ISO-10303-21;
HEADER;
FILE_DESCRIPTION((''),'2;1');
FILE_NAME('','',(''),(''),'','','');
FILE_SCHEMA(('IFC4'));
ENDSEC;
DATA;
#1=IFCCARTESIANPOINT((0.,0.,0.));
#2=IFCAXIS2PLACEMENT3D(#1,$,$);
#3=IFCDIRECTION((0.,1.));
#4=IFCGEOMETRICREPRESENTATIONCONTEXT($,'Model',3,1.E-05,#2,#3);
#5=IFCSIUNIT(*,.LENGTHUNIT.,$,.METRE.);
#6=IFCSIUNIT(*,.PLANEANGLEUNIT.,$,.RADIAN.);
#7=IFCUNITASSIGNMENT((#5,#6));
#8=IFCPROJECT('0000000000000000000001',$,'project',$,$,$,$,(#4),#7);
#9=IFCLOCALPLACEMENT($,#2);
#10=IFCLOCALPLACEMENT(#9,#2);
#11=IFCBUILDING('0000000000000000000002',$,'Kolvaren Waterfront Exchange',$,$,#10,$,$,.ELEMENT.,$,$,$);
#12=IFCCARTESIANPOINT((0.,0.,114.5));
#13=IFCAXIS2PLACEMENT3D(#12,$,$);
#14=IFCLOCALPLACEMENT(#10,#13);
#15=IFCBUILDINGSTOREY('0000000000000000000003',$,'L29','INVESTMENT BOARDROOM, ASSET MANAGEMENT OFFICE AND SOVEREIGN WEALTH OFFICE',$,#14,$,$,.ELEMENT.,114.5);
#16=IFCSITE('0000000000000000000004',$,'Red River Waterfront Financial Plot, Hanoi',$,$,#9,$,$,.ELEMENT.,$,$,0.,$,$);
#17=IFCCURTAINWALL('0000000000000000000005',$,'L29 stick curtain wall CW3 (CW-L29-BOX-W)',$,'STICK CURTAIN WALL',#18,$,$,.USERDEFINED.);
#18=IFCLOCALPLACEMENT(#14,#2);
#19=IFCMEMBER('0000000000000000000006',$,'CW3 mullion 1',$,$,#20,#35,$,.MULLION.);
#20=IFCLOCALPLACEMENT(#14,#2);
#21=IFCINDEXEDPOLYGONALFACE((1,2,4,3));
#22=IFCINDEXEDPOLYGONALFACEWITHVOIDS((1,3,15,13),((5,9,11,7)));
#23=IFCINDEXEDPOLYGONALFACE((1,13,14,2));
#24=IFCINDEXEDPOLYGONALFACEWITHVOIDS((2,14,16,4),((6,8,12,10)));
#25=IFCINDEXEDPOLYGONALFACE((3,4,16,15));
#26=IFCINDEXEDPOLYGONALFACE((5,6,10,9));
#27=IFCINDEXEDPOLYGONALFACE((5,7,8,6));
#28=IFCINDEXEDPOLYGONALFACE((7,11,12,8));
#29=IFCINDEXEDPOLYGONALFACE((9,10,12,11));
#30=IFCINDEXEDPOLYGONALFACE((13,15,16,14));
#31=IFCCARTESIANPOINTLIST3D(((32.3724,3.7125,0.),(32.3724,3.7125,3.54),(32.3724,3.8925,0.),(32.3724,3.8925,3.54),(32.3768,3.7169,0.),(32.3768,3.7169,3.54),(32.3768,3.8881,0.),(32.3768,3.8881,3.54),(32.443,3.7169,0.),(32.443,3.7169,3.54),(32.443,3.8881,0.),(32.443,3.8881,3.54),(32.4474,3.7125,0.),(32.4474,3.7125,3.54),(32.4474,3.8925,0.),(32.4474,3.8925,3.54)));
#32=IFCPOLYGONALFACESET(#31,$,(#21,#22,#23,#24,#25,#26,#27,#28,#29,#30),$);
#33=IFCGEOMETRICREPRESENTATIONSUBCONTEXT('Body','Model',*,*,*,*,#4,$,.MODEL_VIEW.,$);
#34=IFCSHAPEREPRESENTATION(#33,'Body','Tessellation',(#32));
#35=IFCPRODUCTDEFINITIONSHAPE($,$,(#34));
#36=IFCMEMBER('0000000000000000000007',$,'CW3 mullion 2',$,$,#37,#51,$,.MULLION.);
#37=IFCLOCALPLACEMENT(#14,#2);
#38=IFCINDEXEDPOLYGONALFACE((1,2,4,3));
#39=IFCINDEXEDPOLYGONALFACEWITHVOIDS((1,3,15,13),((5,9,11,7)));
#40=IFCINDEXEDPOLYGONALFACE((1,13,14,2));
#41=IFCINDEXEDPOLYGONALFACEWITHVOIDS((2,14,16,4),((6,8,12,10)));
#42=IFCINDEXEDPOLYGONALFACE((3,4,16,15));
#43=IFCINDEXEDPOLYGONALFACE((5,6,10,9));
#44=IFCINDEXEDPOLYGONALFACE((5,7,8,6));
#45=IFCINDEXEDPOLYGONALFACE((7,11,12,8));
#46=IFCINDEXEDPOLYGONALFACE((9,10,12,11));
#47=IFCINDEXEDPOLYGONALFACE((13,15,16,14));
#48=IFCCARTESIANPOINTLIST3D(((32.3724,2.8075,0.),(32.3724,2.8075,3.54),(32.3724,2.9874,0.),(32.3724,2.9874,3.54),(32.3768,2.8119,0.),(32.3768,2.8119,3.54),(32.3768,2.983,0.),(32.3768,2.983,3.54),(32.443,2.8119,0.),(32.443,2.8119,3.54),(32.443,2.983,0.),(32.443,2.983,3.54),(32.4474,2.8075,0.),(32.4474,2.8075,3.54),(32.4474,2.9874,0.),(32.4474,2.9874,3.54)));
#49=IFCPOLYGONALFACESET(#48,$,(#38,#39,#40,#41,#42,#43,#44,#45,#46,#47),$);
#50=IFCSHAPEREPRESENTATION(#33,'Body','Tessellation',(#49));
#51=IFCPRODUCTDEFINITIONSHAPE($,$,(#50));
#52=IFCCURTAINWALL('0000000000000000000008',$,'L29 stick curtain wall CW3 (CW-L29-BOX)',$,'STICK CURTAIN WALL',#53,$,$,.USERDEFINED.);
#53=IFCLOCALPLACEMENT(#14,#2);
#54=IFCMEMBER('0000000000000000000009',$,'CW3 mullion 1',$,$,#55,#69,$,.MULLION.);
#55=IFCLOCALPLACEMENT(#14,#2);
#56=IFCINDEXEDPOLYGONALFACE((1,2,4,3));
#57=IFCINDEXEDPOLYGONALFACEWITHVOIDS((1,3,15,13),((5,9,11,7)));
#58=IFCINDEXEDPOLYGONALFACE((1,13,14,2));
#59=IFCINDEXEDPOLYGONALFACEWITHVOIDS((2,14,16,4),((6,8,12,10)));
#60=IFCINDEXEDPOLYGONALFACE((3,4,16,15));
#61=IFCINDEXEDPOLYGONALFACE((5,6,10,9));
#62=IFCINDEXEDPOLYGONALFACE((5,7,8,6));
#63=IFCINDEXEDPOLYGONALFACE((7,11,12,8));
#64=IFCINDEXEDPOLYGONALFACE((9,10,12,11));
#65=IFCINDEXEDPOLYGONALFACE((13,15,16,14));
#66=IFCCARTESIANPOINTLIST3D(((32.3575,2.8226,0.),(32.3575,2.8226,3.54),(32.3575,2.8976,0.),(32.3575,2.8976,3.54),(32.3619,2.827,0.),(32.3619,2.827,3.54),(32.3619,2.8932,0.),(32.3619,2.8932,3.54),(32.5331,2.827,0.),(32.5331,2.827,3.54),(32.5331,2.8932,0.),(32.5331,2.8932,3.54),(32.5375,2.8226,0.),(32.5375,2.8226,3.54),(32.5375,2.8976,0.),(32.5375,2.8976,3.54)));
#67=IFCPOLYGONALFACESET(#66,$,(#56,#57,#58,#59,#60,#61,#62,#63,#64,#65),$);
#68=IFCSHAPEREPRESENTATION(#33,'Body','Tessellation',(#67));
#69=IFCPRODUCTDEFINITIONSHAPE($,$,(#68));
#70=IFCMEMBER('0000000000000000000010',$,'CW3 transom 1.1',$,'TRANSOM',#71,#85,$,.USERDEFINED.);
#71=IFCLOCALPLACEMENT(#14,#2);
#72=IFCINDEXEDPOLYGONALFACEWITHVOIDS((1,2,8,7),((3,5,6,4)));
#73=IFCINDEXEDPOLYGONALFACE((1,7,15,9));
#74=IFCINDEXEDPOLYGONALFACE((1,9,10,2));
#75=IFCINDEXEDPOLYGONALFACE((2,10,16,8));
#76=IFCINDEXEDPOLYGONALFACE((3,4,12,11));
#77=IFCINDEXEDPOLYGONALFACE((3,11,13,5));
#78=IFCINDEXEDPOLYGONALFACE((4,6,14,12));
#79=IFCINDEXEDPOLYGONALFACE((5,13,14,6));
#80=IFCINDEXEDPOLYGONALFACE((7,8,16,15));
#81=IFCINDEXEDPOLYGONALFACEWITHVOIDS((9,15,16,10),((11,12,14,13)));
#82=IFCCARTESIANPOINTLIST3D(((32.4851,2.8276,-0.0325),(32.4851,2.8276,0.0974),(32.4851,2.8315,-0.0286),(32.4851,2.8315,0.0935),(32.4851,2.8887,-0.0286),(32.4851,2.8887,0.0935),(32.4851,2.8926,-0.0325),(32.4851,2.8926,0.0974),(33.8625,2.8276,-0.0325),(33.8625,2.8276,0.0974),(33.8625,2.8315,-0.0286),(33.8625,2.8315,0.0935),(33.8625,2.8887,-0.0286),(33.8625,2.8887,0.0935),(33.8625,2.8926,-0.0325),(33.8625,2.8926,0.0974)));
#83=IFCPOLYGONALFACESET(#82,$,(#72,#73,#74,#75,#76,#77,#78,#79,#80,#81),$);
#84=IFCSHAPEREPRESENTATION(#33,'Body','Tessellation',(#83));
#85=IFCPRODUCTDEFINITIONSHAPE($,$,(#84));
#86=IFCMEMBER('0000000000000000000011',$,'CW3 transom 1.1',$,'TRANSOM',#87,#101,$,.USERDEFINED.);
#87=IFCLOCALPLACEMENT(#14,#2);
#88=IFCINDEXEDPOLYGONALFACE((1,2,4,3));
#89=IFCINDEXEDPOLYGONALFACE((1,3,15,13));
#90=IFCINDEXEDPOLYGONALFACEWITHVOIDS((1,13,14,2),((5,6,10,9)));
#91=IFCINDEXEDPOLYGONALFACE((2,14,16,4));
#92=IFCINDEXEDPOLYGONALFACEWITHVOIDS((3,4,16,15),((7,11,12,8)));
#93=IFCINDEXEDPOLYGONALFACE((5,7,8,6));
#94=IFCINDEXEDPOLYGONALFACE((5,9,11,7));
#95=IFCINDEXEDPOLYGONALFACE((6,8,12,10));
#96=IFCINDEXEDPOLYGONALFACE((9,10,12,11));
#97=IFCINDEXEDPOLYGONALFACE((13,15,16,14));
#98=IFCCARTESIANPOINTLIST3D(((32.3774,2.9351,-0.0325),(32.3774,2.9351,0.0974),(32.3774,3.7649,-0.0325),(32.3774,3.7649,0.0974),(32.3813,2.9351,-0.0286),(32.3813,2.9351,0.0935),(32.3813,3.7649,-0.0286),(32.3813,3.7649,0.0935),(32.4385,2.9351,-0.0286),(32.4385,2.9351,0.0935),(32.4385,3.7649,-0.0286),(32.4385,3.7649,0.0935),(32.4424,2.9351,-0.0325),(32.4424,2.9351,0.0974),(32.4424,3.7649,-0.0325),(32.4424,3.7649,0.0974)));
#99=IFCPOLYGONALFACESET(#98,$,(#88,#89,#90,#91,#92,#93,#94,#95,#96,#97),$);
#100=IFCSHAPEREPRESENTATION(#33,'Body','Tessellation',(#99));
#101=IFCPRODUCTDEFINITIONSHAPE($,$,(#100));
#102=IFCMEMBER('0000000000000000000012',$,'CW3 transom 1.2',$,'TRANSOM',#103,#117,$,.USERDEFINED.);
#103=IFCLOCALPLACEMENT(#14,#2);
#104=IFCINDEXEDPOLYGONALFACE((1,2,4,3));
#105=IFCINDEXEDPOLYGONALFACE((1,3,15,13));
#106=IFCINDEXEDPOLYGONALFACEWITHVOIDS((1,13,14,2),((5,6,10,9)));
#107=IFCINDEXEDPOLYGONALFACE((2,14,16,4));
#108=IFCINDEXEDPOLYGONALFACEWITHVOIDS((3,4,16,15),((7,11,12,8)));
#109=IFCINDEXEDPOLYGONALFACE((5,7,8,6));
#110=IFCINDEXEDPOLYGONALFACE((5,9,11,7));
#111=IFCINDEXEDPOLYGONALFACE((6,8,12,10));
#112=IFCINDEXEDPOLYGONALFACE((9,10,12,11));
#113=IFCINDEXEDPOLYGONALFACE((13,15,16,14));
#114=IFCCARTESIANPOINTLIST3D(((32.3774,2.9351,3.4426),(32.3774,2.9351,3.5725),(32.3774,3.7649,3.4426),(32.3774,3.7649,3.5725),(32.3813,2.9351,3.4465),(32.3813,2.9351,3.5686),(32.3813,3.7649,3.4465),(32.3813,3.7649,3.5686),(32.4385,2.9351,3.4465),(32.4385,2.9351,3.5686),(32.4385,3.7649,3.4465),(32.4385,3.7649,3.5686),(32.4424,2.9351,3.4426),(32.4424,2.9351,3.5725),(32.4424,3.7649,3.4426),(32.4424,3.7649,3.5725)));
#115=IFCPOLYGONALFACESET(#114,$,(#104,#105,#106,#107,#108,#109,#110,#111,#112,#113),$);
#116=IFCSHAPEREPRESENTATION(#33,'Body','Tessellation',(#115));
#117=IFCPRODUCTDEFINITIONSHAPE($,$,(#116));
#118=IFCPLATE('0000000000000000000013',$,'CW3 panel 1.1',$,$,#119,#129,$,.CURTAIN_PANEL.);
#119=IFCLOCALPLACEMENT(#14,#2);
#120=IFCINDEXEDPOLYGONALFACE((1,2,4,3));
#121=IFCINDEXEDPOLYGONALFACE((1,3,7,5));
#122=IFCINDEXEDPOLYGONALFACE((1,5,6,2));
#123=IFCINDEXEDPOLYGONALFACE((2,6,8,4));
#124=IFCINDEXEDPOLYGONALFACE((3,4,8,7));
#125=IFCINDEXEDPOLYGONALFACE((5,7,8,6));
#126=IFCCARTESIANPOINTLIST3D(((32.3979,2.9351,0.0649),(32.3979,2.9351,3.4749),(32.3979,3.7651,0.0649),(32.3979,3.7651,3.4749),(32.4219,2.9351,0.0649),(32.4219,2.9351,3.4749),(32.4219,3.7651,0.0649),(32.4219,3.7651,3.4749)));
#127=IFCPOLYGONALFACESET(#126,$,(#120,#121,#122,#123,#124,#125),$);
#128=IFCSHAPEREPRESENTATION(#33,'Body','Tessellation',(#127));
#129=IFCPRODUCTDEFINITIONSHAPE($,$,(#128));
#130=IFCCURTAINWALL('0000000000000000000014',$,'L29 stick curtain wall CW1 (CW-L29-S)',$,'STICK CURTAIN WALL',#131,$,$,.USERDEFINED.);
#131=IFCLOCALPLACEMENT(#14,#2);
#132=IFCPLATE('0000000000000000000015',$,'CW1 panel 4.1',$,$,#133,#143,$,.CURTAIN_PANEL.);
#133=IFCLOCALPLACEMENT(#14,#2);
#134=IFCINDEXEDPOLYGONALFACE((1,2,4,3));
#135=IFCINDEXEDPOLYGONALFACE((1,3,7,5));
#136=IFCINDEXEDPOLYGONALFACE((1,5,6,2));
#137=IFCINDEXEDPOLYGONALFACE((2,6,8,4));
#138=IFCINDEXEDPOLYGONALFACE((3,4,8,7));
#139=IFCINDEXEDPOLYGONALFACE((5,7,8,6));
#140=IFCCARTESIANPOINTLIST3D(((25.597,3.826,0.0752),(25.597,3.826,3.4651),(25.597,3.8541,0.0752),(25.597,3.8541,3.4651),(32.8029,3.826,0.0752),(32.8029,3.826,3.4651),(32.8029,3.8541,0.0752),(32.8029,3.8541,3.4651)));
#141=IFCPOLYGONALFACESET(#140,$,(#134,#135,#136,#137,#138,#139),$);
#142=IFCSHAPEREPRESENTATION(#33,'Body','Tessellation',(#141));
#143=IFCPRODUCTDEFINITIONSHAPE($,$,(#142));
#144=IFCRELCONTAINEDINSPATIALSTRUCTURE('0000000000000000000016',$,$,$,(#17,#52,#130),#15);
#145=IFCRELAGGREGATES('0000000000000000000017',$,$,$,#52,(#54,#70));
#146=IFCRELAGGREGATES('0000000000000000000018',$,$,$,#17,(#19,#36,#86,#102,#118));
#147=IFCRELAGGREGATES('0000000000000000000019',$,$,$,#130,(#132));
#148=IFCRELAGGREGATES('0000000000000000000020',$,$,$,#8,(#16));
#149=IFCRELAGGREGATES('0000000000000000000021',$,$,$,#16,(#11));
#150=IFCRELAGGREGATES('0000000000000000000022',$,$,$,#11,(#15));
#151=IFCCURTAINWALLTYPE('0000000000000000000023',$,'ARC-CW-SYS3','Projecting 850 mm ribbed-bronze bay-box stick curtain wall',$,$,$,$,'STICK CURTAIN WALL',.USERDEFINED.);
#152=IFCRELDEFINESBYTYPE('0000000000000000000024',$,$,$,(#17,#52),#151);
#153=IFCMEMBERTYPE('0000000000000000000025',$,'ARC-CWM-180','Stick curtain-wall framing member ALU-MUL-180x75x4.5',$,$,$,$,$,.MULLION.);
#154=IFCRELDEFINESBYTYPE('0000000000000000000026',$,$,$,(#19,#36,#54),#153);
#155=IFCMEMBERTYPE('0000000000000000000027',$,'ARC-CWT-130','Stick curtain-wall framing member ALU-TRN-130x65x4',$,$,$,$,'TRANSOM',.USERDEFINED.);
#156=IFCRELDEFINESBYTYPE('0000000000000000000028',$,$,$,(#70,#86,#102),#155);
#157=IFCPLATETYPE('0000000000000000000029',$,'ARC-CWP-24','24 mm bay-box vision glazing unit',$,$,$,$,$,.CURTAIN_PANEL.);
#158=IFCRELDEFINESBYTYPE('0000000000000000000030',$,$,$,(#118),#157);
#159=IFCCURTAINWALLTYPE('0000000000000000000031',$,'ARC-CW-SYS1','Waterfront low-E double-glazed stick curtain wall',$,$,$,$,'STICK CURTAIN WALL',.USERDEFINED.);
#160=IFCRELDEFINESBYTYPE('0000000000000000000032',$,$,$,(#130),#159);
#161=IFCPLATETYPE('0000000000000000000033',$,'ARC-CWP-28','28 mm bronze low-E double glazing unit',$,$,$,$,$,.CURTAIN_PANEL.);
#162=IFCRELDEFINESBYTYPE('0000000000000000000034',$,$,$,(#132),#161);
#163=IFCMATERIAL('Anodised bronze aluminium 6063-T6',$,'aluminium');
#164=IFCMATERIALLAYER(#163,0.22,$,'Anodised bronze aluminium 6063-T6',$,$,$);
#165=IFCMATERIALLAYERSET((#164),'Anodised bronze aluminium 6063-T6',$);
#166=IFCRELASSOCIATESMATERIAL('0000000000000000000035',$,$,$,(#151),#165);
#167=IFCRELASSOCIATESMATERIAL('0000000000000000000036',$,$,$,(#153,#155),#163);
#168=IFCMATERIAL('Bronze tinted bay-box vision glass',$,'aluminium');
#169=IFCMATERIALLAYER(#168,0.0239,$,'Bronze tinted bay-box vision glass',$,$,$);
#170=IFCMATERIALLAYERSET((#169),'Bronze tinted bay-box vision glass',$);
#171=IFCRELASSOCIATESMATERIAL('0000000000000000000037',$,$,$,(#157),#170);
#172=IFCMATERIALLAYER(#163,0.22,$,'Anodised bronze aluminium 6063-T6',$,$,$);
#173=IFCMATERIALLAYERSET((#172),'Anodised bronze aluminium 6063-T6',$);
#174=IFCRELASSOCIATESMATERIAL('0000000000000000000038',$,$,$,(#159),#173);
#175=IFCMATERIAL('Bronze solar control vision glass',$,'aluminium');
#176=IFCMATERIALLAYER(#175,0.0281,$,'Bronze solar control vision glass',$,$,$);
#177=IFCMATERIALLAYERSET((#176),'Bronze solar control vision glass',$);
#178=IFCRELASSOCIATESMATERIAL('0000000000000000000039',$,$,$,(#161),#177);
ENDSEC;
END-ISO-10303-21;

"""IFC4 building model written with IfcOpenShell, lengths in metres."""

from ifc_helpers import new_model, si_unit, direction, frame, origin, origin_with_axes, origin_2d, place, context, subcontext, project, spatial, rectangle, hollow_rectangle, extrude, source, transform, mapped, material, layer, layer_set, material_profile, profile_set, type_object, element, aggregate, save


model = new_model("IFC4")

# Units and contexts
model_context = context("Model", 3, precision=1e-05, world=origin(), true_north=direction((0.0, 1.0)))
body_context = subcontext(model_context, "Body", "Model", "MODEL_VIEW")
ifc_project = project(units=[si_unit("LENGTHUNIT", "METRE"), si_unit("PLANEANGLEUNIT", "RADIAN")], contexts=[model_context])

# Site, building, storey
site_placement = place(None, origin())
site = spatial("IfcSite", under=ifc_project, at=site_placement, Name="Red River Waterfront Financial Plot, Hanoi", CompositionType="ELEMENT", RefElevation=0.0)
building_placement = place(site_placement, origin())
building = spatial("IfcBuilding", under=site, at=building_placement, Name="Kolvaren Waterfront Exchange", CompositionType="ELEMENT")
storey_placement = place(building_placement, frame((0.0, 0.0, 114.5)))
storey = spatial("IfcBuildingStorey", under=building, at=storey_placement, Name="L29", Description="INVESTMENT BOARDROOM, ASSET MANAGEMENT OFFICE AND SOVEREIGN WEALTH OFFICE", CompositionType="ELEMENT", Elevation=114.5)

# Curtain walls, members
ifc_material_1 = material(Name="Anodised bronze aluminium 6063-T6", Category="aluminium")
ifc_layer_1 = layer(ifc_material_1, 0.22, Name="Anodised bronze aluminium 6063-T6")
ifc_layer_set_1 = layer_set([ifc_layer_1], Name="Anodised bronze aluminium 6063-T6")
curtain_wall_type_1 = type_object("IfcCurtainWallType", Name="ARC-CW-SYS3", Description="Projecting 850 mm ribbed-bronze bay-box stick curtain wall", ElementType="STICK CURTAIN WALL", PredefinedType="USERDEFINED", material=ifc_layer_set_1)
curtain_wall_1_placement = place(storey_placement, origin())
curtain_wall_1 = element("IfcCurtainWall", 1, at=curtain_wall_1_placement, inside=storey, type_object=curtain_wall_type_1, Name="L29 stick curtain wall CW3 (CW-L29-BOX-W)", ObjectType="STICK CURTAIN WALL", PredefinedType="USERDEFINED")
ifc_material_profile_1 = material_profile(ifc_material_1, hollow_rectangle(XDim=0.075, YDim=0.1799, WallThickness=0.0044, at=origin_2d()), Name="ALU-MUL-180x75x4.5")
ifc_profile_set_1 = profile_set([ifc_material_profile_1], Name="Anodised bronze aluminium 6063-T6")
member_type_1 = type_object("IfcMemberType", Name="ARC-CWM-180", Description="Stick curtain-wall framing member ALU-MUL-180x75x4.5", PredefinedType="MULLION", material=ifc_profile_set_1)
shared_shape_1 = source(origin_with_axes(), body_context, "Body", "SweptSolid", [
    extrude(hollow_rectangle(XDim=0.075, YDim=0.1799, WallThickness=0.0044, at=origin_2d()), origin(), (0.0, 0.0, 1.0), 3.54),
])
member_1_placement = place(storey_placement, frame((32.4099, 3.8025, 0.0), z_axis=(0.0, 0.0, 1.0), x_axis=(1.0, 0.0, 0.0)))
member_1 = element("IfcMember", 2, at=member_1_placement, type_object=member_type_1, Name="CW3 mullion 1", PredefinedType="MULLION", context=body_context, shape_type="MappedRepresentation", body=[
    mapped(shared_shape_1, transform((0.0, 0.0, 0.0), x_axis=(1.0, 0.0, 0.0), y_axis=(0.0, 1.0, 0.0), z_axis=(0.0, 0.0, 1.0), scale=1.0)),
])
member_2_placement = place(storey_placement, frame((32.4099, 2.8975, 0.0), z_axis=(0.0, 0.0, 1.0), x_axis=(1.0, 0.0, 0.0)))
member_2 = element("IfcMember", 3, at=member_2_placement, type_object=member_type_1, Name="CW3 mullion 2", PredefinedType="MULLION", context=body_context, shape_type="MappedRepresentation", body=[
    mapped(shared_shape_1, transform((0.0, 0.0, 0.0), x_axis=(1.0, 0.0, 0.0), y_axis=(0.0, 1.0, 0.0), z_axis=(0.0, 0.0, 1.0), scale=1.0)),
])
curtain_wall_2_placement = place(storey_placement, origin())
curtain_wall_2 = element("IfcCurtainWall", 4, at=curtain_wall_2_placement, inside=storey, type_object=curtain_wall_type_1, Name="L29 stick curtain wall CW3 (CW-L29-BOX)", ObjectType="STICK CURTAIN WALL", PredefinedType="USERDEFINED")
member_3_placement = place(storey_placement, frame((32.4475, 2.8601, 0.0), z_axis=(0.0, 0.0, 1.0), x_axis=(0.0, 1.0, 0.0)))
member_3 = element("IfcMember", 5, at=member_3_placement, type_object=member_type_1, Name="CW3 mullion 1", PredefinedType="MULLION", context=body_context, shape_type="MappedRepresentation", body=[
    mapped(shared_shape_1, transform((0.0, 0.0, 0.0), x_axis=(1.0, 0.0, 0.0), y_axis=(0.0, 1.0, 0.0), z_axis=(0.0, 0.0, 1.0), scale=1.0)),
])
ifc_material_profile_2 = material_profile(ifc_material_1, hollow_rectangle(XDim=0.0649, YDim=0.1299, WallThickness=0.0039, at=origin_2d()), Name="ALU-TRN-130x65x4")
ifc_profile_set_2 = profile_set([ifc_material_profile_2], Name="Anodised bronze aluminium 6063-T6")
member_type_2 = type_object("IfcMemberType", Name="ARC-CWT-130", Description="Stick curtain-wall framing member ALU-TRN-130x65x4", ElementType="TRANSOM", PredefinedType="USERDEFINED", material=ifc_profile_set_2)
shared_shape_2 = source(origin_with_axes(), body_context, "Body", "SweptSolid", [
    extrude(hollow_rectangle(XDim=0.0649, YDim=0.1299, WallThickness=0.0039, at=origin_2d()), origin(), (0.0, 0.0, 1.0), 1.3774),
])
member_4_placement = place(storey_placement, frame((32.4851, 2.8601, 0.0325), z_axis=(1.0, 0.0, 0.0), x_axis=(0.0, 1.0, 0.0)))
member_4 = element("IfcMember", 6, at=member_4_placement, type_object=member_type_2, Name="CW3 transom 1.1", ObjectType="TRANSOM", PredefinedType="USERDEFINED", context=body_context, shape_type="MappedRepresentation", body=[
    mapped(shared_shape_2, transform((0.0, 0.0, 0.0), x_axis=(1.0, 0.0, 0.0), y_axis=(0.0, 1.0, 0.0), z_axis=(0.0, 0.0, 1.0), scale=1.0)),
])
aggregate(curtain_wall_2, [member_3, member_4])

# Members
shared_shape_3 = source(origin_with_axes(), body_context, "Body", "SweptSolid", [
    extrude(hollow_rectangle(XDim=0.0649, YDim=0.1299, WallThickness=0.0039, at=origin_2d()), origin(), (0.0, 0.0, 1.0), 0.8298),
])
member_5_placement = place(storey_placement, frame((32.4099, 3.7649, 0.0325), z_axis=(0.0, -1.0, 0.0), x_axis=(1.0, 0.0, 0.0)))
member_5 = element("IfcMember", 7, at=member_5_placement, type_object=member_type_2, Name="CW3 transom 1.1", ObjectType="TRANSOM", PredefinedType="USERDEFINED", context=body_context, shape_type="MappedRepresentation", body=[
    mapped(shared_shape_3, transform((0.0, 0.0, 0.0), x_axis=(1.0, 0.0, 0.0), y_axis=(0.0, 1.0, 0.0), z_axis=(0.0, 0.0, 1.0), scale=1.0)),
])
member_6_placement = place(storey_placement, frame((32.4099, 3.7649, 3.5076), z_axis=(0.0, -1.0, 0.0), x_axis=(1.0, 0.0, 0.0)))
member_6 = element("IfcMember", 8, at=member_6_placement, type_object=member_type_2, Name="CW3 transom 1.2", ObjectType="TRANSOM", PredefinedType="USERDEFINED", context=body_context, shape_type="MappedRepresentation", body=[
    mapped(shared_shape_3, transform((0.0, 0.0, 0.0), x_axis=(1.0, 0.0, 0.0), y_axis=(0.0, 1.0, 0.0), z_axis=(0.0, 0.0, 1.0), scale=1.0)),
])

# Plate
ifc_material_2 = material(Name="Bronze tinted bay-box vision glass", Category="aluminium")
ifc_layer_2 = layer(ifc_material_2, 0.0239, Name="Bronze tinted bay-box vision glass")
ifc_layer_set_2 = layer_set([ifc_layer_2], Name="Bronze tinted bay-box vision glass")
plate_type_1 = type_object("IfcPlateType", Name="ARC-CWP-24", Description="24 mm bay-box vision glazing unit", PredefinedType="CURTAIN_PANEL", material=ifc_layer_set_2)
shared_shape_4 = source(origin_with_axes(), body_context, "Body", "SweptSolid", [
    extrude(rectangle(XDim=0.8301, YDim=0.0239, at=origin_2d()), origin(), (0.0, 0.0, 1.0), 3.4099),
])
plate_1_placement = place(storey_placement, frame((32.4099, 3.3501, 0.0649), z_axis=(0.0, 0.0, 1.0), x_axis=(0.0, -1.0, 0.0)))
plate_1 = element("IfcPlate", 9, at=plate_1_placement, type_object=plate_type_1, Name="CW3 panel 1.1", PredefinedType="CURTAIN_PANEL", context=body_context, shape_type="MappedRepresentation", body=[
    mapped(shared_shape_4, transform((0.0, 0.0, 0.0), x_axis=(1.0, 0.0, 0.0), y_axis=(0.0, 1.0, 0.0), z_axis=(0.0, 0.0, 1.0), scale=1.0)),
])
aggregate(curtain_wall_1, [member_1, member_2, member_5, member_6, plate_1])

# Curtain wall, plate
ifc_layer_3 = layer(ifc_material_1, 0.22, Name="Anodised bronze aluminium 6063-T6")
ifc_layer_set_3 = layer_set([ifc_layer_3], Name="Anodised bronze aluminium 6063-T6")
curtain_wall_type_2 = type_object("IfcCurtainWallType", Name="ARC-CW-SYS1", Description="Waterfront low-E double-glazed stick curtain wall", ElementType="STICK CURTAIN WALL", PredefinedType="USERDEFINED", material=ifc_layer_set_3)
curtain_wall_3_placement = place(storey_placement, origin())
curtain_wall_3 = element("IfcCurtainWall", 10, at=curtain_wall_3_placement, inside=storey, type_object=curtain_wall_type_2, Name="L29 stick curtain wall CW1 (CW-L29-S)", ObjectType="STICK CURTAIN WALL", PredefinedType="USERDEFINED")
ifc_material_3 = material(Name="Bronze solar control vision glass", Category="aluminium")
ifc_layer_4 = layer(ifc_material_3, 0.0281, Name="Bronze solar control vision glass")
ifc_layer_set_4 = layer_set([ifc_layer_4], Name="Bronze solar control vision glass")
plate_type_2 = type_object("IfcPlateType", Name="ARC-CWP-28", Description="28 mm bronze low-E double glazing unit", PredefinedType="CURTAIN_PANEL", material=ifc_layer_set_4)
shared_shape_5 = source(origin_with_axes(), body_context, "Body", "SweptSolid", [
    extrude(rectangle(XDim=7.2058, YDim=0.0281, at=origin_2d()), origin(), (0.0, 0.0, 1.0), 3.3899),
])
plate_2_placement = place(storey_placement, frame((29.2, 3.8401, 0.0752), z_axis=(0.0, 0.0, 1.0), x_axis=(1.0, 0.0, 0.0)))
plate_2 = element("IfcPlate", 11, at=plate_2_placement, type_object=plate_type_2, Name="CW1 panel 4.1", PredefinedType="CURTAIN_PANEL", context=body_context, shape_type="MappedRepresentation", body=[
    mapped(shared_shape_5, transform((0.0, 0.0, 0.0), x_axis=(1.0, 0.0, 0.0), y_axis=(0.0, 1.0, 0.0), z_axis=(0.0, 0.0, 1.0), scale=1.0)),
])
aggregate(curtain_wall_3, [plate_2])

save(model, "model.ifc")
